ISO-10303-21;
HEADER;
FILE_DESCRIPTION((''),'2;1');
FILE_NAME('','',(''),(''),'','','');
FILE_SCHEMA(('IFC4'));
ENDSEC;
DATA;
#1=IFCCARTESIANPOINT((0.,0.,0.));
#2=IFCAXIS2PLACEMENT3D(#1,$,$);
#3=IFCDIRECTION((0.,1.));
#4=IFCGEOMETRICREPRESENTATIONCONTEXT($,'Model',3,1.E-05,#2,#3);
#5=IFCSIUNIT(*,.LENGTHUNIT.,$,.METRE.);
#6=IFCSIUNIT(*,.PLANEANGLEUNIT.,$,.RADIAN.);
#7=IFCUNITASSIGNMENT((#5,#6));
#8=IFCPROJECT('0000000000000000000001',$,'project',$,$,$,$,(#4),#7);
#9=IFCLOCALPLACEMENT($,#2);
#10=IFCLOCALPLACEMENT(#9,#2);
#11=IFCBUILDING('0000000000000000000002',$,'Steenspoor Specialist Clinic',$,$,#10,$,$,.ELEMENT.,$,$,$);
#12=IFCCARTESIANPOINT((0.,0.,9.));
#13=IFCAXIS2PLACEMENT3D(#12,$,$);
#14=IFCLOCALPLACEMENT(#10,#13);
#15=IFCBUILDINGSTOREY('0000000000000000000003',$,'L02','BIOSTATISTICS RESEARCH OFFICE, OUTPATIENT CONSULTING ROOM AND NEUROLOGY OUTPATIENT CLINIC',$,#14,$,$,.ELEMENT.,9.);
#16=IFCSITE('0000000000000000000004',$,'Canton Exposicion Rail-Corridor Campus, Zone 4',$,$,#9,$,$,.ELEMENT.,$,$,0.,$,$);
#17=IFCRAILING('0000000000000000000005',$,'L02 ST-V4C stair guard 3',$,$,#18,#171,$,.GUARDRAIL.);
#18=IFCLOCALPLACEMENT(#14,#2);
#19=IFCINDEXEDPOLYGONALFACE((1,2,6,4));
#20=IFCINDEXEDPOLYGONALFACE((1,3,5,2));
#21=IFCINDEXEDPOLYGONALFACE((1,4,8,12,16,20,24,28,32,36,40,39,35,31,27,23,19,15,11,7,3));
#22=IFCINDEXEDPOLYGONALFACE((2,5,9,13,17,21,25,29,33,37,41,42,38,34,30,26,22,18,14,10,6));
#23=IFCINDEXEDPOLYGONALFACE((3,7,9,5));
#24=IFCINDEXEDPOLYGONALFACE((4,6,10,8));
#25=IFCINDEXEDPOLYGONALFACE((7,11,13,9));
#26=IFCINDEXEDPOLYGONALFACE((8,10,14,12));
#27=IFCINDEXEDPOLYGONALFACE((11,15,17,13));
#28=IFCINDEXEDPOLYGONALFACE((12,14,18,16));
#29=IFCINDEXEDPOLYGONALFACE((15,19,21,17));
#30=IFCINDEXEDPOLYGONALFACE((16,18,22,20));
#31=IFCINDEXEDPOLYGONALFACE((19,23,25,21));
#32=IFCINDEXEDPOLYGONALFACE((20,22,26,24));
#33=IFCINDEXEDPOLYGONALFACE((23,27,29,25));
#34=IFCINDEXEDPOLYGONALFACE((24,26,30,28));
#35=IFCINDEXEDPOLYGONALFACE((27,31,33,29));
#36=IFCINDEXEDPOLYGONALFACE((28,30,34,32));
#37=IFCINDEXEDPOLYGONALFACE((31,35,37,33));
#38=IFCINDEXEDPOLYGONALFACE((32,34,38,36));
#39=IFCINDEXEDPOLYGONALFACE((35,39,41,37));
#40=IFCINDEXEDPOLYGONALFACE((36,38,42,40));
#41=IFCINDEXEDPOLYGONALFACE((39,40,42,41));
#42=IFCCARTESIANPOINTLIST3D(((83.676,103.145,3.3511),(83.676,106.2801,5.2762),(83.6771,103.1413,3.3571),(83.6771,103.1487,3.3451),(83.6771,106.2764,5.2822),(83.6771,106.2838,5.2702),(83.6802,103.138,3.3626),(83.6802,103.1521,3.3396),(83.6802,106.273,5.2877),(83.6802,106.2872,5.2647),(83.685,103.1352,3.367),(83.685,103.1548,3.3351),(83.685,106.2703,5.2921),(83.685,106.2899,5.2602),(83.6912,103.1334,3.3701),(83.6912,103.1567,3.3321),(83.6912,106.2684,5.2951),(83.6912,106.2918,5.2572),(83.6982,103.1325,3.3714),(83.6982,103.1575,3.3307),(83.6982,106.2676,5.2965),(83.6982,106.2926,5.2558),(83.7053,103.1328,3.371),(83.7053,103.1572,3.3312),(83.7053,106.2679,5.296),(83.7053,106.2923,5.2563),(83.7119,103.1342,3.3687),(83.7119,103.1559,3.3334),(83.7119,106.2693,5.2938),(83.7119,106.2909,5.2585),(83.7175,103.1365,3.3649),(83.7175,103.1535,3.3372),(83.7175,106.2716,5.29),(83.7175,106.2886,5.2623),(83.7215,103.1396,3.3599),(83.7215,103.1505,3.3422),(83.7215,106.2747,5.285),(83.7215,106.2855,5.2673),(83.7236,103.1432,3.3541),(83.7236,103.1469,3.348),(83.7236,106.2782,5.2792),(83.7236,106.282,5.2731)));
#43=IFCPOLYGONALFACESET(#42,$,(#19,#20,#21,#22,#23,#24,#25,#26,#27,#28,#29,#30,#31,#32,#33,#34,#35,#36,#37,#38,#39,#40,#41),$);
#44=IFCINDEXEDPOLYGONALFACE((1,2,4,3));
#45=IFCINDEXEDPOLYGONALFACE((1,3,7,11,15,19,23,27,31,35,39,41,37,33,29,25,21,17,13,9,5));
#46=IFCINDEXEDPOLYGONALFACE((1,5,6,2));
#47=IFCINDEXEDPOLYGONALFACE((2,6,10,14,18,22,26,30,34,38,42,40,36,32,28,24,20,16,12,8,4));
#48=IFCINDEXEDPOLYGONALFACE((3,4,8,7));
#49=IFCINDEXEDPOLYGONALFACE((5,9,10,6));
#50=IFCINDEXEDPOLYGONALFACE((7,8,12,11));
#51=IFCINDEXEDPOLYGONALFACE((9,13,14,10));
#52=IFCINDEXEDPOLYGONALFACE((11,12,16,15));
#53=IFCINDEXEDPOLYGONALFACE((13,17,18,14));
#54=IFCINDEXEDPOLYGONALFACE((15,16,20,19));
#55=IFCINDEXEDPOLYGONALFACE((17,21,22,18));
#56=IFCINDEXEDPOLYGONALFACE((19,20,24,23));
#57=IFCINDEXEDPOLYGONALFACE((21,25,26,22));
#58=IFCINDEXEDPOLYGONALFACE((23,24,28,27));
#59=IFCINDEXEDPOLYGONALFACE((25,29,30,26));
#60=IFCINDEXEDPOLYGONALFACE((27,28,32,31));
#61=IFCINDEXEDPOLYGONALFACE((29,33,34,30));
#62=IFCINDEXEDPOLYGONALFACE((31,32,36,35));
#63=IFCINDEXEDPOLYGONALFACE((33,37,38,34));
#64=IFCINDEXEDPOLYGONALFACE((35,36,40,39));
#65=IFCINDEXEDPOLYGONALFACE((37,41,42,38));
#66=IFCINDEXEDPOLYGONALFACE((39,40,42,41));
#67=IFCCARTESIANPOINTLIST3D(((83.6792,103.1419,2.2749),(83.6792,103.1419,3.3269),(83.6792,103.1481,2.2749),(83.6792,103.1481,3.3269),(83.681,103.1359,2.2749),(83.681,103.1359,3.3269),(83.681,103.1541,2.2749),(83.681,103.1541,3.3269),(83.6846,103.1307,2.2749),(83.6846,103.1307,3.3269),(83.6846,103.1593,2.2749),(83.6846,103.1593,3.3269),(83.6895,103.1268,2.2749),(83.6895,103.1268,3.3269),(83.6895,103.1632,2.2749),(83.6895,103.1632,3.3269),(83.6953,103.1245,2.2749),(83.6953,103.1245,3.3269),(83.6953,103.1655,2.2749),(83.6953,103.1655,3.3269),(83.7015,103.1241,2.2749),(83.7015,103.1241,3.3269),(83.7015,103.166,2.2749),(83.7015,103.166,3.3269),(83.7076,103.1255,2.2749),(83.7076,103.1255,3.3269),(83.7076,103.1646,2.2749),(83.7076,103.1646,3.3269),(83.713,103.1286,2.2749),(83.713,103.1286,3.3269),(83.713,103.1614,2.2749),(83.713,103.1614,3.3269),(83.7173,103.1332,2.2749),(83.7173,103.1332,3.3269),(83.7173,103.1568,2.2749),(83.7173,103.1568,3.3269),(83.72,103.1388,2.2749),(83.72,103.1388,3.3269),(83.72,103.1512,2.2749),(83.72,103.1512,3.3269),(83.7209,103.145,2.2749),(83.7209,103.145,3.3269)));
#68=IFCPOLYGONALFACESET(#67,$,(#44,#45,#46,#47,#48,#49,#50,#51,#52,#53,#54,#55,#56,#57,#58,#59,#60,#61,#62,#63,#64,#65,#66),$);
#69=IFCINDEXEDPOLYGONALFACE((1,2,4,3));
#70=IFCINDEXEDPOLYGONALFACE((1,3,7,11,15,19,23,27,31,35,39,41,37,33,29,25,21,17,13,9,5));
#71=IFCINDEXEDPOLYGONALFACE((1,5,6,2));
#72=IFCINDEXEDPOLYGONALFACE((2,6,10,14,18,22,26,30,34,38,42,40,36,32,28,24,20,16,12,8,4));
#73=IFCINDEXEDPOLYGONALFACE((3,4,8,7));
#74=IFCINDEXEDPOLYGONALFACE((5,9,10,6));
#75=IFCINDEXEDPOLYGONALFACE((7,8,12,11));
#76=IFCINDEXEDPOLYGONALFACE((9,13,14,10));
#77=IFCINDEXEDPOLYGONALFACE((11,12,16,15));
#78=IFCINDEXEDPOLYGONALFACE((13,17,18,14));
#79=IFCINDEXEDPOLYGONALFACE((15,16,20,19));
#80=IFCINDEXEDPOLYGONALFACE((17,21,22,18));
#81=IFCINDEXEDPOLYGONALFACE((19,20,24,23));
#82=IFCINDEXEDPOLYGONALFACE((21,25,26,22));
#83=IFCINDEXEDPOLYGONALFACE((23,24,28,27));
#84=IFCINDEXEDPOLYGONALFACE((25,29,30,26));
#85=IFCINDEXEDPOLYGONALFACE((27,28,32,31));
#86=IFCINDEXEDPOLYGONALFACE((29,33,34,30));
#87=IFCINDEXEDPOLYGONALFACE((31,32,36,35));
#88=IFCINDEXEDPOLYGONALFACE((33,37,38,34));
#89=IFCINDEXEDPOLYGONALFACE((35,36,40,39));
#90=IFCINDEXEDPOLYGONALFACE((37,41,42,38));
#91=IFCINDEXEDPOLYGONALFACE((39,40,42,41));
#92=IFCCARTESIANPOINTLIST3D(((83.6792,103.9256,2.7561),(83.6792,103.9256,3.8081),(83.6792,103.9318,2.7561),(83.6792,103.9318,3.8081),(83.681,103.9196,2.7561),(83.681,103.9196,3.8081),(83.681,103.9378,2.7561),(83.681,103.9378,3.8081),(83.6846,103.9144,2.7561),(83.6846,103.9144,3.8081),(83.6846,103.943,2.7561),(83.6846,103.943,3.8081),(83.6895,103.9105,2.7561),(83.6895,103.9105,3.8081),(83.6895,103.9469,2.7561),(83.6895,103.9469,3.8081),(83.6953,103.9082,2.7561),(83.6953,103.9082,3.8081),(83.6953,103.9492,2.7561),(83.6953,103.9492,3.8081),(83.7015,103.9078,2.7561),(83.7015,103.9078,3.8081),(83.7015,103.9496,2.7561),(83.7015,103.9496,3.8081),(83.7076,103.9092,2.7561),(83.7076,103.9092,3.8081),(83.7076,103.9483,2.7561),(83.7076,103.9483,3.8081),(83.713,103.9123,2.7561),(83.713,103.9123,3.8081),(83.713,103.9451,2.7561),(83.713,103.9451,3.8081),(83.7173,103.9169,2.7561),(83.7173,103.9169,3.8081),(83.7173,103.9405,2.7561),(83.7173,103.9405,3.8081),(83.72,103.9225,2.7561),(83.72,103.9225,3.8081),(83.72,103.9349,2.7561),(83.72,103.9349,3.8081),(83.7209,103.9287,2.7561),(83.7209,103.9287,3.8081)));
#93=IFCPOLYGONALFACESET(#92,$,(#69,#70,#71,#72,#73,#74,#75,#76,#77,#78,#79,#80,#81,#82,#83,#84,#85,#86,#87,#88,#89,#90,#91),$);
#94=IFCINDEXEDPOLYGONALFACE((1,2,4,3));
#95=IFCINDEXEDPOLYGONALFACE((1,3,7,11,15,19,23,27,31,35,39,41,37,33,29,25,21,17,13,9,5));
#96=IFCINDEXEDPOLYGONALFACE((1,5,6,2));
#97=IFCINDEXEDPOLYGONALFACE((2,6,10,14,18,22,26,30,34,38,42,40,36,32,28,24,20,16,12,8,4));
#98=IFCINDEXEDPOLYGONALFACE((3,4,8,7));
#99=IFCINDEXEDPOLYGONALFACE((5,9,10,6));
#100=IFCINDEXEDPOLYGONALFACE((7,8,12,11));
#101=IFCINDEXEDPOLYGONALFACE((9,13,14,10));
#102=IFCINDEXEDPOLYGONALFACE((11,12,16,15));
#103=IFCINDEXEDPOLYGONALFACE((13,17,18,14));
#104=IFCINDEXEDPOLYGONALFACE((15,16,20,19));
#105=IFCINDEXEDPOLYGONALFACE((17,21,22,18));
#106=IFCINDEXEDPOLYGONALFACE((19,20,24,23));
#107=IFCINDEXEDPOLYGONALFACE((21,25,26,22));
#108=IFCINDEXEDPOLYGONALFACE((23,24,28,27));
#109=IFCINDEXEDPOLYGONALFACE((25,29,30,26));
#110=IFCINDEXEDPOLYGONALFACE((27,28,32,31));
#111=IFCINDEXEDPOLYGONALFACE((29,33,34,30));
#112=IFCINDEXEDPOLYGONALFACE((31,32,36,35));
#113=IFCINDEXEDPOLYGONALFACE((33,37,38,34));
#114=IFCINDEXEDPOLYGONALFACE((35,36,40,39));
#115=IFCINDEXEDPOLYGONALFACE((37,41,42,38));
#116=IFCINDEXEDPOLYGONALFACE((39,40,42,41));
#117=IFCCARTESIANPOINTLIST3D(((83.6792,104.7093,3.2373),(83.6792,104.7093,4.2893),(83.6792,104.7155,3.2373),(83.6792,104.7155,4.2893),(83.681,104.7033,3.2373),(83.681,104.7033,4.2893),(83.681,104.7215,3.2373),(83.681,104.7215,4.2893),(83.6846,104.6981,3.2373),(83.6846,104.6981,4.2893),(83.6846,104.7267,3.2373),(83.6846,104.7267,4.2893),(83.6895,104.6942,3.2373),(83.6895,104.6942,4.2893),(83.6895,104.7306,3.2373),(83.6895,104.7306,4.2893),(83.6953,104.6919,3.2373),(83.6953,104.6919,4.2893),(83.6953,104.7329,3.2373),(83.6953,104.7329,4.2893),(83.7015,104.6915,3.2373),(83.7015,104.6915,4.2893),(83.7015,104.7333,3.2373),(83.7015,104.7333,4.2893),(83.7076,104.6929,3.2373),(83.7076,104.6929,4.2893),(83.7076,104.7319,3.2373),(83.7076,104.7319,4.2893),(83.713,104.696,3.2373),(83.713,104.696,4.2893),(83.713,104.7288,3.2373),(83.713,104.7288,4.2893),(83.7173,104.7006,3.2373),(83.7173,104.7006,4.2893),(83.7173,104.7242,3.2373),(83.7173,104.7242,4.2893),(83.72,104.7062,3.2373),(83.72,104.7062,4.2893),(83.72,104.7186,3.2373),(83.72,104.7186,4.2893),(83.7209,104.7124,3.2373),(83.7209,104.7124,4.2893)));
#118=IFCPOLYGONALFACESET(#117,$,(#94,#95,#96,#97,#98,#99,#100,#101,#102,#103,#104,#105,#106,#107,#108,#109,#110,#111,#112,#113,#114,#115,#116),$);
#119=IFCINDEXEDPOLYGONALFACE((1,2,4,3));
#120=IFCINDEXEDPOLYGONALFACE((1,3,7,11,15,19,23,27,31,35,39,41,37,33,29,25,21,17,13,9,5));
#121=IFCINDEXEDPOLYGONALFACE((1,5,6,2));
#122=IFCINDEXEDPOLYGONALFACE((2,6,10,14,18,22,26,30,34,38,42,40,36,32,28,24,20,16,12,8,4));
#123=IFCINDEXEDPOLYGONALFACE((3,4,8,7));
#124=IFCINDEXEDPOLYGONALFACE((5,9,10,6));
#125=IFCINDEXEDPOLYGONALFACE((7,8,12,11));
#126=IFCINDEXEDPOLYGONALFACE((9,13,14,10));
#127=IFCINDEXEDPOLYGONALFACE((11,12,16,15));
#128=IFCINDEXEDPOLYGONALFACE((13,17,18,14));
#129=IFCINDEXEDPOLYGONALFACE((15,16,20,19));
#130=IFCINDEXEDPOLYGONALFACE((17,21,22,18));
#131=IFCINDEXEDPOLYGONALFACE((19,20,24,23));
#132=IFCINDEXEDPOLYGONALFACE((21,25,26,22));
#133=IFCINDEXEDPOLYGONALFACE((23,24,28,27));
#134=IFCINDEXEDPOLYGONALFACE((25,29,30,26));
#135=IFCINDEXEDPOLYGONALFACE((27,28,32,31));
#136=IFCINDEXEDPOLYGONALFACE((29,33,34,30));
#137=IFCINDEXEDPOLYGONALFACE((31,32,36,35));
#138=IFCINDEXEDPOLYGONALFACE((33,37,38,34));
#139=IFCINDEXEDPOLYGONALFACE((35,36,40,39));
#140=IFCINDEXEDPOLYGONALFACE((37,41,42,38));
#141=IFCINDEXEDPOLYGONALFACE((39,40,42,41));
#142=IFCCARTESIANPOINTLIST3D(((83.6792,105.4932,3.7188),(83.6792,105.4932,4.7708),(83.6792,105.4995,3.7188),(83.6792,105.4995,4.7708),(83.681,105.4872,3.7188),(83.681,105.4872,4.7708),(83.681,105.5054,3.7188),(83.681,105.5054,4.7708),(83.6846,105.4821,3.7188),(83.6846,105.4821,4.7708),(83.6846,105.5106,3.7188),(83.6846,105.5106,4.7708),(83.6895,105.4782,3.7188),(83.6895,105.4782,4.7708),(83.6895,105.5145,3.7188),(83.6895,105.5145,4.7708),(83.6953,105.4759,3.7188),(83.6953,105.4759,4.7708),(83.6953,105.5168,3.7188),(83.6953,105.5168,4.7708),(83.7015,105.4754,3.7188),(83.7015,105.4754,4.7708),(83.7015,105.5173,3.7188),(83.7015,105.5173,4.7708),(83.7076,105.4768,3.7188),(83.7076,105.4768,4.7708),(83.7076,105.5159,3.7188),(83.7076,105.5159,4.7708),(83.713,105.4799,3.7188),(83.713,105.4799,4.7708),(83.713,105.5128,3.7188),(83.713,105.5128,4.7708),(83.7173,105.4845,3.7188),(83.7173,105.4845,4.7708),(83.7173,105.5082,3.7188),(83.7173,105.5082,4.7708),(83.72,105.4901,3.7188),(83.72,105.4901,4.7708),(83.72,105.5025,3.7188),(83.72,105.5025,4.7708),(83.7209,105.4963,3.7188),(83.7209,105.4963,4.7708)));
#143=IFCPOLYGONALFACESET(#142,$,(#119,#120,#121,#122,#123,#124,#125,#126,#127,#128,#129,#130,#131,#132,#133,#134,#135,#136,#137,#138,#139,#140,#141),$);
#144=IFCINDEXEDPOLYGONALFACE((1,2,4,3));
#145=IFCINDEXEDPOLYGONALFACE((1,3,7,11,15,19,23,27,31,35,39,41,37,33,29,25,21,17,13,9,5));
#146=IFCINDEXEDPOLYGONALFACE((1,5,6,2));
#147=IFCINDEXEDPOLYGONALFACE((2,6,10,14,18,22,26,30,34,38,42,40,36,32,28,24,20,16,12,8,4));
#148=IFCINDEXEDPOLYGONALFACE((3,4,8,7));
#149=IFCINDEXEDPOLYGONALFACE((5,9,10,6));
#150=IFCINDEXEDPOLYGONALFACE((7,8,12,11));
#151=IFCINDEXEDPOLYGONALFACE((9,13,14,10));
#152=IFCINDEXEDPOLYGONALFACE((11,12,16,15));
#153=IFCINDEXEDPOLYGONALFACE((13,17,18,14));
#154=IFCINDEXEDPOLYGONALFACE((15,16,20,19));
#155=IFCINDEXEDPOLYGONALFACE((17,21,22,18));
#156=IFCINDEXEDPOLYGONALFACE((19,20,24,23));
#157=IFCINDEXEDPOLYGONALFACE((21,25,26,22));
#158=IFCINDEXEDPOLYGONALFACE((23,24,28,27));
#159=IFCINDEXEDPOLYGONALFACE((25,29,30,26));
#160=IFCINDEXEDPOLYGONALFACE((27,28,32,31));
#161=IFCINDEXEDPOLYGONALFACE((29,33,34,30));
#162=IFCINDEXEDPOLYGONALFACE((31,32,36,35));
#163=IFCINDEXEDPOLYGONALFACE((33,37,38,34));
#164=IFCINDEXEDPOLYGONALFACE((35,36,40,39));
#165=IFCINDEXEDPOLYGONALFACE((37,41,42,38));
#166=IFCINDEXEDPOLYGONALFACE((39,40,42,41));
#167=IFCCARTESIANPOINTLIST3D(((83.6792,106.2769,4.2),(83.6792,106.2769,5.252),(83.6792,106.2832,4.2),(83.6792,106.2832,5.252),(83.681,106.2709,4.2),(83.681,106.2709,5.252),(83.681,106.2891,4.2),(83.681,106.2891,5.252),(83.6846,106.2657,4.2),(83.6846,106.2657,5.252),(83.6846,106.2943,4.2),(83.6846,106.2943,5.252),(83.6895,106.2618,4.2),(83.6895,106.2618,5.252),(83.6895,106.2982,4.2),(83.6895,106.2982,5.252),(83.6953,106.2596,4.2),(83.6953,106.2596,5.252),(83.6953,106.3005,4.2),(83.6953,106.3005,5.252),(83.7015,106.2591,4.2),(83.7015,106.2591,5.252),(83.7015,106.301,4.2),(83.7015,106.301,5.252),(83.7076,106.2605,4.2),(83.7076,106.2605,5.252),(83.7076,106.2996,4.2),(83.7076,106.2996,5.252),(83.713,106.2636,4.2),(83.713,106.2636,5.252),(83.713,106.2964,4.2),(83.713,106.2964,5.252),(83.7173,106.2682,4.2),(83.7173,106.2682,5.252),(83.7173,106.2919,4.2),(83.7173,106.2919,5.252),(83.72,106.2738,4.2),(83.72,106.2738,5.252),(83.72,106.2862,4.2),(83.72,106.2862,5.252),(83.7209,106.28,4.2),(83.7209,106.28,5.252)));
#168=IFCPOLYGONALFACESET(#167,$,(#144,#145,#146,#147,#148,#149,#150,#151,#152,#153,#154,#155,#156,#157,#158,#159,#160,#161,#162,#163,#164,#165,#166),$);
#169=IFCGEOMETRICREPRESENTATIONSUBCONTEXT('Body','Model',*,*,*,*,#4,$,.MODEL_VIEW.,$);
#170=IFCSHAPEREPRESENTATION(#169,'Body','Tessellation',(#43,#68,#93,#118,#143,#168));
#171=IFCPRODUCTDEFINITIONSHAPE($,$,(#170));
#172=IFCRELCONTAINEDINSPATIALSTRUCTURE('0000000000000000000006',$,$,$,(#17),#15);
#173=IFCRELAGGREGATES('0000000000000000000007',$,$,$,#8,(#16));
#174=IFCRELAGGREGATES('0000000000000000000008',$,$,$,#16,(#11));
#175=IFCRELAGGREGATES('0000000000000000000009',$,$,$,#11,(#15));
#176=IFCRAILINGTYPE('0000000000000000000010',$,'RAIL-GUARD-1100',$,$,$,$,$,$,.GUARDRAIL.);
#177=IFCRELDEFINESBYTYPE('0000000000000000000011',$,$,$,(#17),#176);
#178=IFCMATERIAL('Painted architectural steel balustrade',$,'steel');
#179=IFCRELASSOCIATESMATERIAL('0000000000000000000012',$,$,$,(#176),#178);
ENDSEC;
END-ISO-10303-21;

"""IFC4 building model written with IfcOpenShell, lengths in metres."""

from ifc_helpers import new_model, si_unit, direction, frame, origin, origin_2d, place, context, subcontext, project, spatial, circle, extrude, material, type_object, element, save


model = new_model("IFC4")

# Units and contexts
model_context = context("Model", 3, precision=1e-05, world=origin(), true_north=direction((0.0, 1.0)))
body_context = subcontext(model_context, "Body", "Model", "MODEL_VIEW")
ifc_project = project(units=[si_unit("LENGTHUNIT", "METRE"), si_unit("PLANEANGLEUNIT", "RADIAN")], contexts=[model_context])

# Site, building, storey
site_placement = place(None, origin())
site = spatial("IfcSite", under=ifc_project, at=site_placement, Name="Canton Exposicion Rail-Corridor Campus, Zone 4", CompositionType="ELEMENT", RefElevation=0.0)
building_placement = place(site_placement, origin())
building = spatial("IfcBuilding", under=site, at=building_placement, Name="Steenspoor Specialist Clinic", CompositionType="ELEMENT")
storey_placement = place(building_placement, frame((0.0, 0.0, 9.0)))
storey = spatial("IfcBuildingStorey", under=building, at=storey_placement, Name="L02", Description="BIOSTATISTICS RESEARCH OFFICE, OUTPATIENT CONSULTING ROOM AND NEUROLOGY OUTPATIENT CLINIC", CompositionType="ELEMENT", Elevation=9.0)

# Railing
ifc_material_1 = material(Name="Painted architectural steel balustrade", Category="steel")
railing_type_1 = type_object("IfcRailingType", Name="RAIL-GUARD-1100", PredefinedType="GUARDRAIL", material=ifc_material_1)
railing_1_placement = place(storey_placement, frame((83.7, 103.145, 2.2749)))
element("IfcRailing", 1, at=railing_1_placement, inside=storey, type_object=railing_type_1, Name="L02 ST-V4C stair guard 3", PredefinedType="GUARDRAIL", context=body_context, shape_type="SweptSolid", body=[
    extrude(circle(Radius=0.0239, at=origin_2d()), frame((0.0, 0.0, 1.0762), z_axis=(0.0, 0.852166, 0.523271), x_axis=(-1.0, 0.0, 0.0)), (0.0, 0.0, 1.0), 3.679),
    extrude(circle(Radius=0.021, at=origin_2d()), origin(), (0.0, 0.0, 1.0), 1.052),
    extrude(circle(Radius=0.021, at=origin_2d()), frame((0.0, 0.7837, 0.4812)), (0.0, 0.0, 1.0), 1.052),
    extrude(circle(Radius=0.021, at=origin_2d()), frame((0.0, 1.5674, 0.9624)), (0.0, 0.0, 1.0), 1.052),
    extrude(circle(Radius=0.021, at=origin_2d()), frame((0.0, 2.3513, 1.4438)), (0.0, 0.0, 1.0), 1.052),
    extrude(circle(Radius=0.021, at=origin_2d()), frame((0.0, 3.135, 1.925)), (0.0, 0.0, 1.0), 1.052),
])

save(model, "model.ifc")
